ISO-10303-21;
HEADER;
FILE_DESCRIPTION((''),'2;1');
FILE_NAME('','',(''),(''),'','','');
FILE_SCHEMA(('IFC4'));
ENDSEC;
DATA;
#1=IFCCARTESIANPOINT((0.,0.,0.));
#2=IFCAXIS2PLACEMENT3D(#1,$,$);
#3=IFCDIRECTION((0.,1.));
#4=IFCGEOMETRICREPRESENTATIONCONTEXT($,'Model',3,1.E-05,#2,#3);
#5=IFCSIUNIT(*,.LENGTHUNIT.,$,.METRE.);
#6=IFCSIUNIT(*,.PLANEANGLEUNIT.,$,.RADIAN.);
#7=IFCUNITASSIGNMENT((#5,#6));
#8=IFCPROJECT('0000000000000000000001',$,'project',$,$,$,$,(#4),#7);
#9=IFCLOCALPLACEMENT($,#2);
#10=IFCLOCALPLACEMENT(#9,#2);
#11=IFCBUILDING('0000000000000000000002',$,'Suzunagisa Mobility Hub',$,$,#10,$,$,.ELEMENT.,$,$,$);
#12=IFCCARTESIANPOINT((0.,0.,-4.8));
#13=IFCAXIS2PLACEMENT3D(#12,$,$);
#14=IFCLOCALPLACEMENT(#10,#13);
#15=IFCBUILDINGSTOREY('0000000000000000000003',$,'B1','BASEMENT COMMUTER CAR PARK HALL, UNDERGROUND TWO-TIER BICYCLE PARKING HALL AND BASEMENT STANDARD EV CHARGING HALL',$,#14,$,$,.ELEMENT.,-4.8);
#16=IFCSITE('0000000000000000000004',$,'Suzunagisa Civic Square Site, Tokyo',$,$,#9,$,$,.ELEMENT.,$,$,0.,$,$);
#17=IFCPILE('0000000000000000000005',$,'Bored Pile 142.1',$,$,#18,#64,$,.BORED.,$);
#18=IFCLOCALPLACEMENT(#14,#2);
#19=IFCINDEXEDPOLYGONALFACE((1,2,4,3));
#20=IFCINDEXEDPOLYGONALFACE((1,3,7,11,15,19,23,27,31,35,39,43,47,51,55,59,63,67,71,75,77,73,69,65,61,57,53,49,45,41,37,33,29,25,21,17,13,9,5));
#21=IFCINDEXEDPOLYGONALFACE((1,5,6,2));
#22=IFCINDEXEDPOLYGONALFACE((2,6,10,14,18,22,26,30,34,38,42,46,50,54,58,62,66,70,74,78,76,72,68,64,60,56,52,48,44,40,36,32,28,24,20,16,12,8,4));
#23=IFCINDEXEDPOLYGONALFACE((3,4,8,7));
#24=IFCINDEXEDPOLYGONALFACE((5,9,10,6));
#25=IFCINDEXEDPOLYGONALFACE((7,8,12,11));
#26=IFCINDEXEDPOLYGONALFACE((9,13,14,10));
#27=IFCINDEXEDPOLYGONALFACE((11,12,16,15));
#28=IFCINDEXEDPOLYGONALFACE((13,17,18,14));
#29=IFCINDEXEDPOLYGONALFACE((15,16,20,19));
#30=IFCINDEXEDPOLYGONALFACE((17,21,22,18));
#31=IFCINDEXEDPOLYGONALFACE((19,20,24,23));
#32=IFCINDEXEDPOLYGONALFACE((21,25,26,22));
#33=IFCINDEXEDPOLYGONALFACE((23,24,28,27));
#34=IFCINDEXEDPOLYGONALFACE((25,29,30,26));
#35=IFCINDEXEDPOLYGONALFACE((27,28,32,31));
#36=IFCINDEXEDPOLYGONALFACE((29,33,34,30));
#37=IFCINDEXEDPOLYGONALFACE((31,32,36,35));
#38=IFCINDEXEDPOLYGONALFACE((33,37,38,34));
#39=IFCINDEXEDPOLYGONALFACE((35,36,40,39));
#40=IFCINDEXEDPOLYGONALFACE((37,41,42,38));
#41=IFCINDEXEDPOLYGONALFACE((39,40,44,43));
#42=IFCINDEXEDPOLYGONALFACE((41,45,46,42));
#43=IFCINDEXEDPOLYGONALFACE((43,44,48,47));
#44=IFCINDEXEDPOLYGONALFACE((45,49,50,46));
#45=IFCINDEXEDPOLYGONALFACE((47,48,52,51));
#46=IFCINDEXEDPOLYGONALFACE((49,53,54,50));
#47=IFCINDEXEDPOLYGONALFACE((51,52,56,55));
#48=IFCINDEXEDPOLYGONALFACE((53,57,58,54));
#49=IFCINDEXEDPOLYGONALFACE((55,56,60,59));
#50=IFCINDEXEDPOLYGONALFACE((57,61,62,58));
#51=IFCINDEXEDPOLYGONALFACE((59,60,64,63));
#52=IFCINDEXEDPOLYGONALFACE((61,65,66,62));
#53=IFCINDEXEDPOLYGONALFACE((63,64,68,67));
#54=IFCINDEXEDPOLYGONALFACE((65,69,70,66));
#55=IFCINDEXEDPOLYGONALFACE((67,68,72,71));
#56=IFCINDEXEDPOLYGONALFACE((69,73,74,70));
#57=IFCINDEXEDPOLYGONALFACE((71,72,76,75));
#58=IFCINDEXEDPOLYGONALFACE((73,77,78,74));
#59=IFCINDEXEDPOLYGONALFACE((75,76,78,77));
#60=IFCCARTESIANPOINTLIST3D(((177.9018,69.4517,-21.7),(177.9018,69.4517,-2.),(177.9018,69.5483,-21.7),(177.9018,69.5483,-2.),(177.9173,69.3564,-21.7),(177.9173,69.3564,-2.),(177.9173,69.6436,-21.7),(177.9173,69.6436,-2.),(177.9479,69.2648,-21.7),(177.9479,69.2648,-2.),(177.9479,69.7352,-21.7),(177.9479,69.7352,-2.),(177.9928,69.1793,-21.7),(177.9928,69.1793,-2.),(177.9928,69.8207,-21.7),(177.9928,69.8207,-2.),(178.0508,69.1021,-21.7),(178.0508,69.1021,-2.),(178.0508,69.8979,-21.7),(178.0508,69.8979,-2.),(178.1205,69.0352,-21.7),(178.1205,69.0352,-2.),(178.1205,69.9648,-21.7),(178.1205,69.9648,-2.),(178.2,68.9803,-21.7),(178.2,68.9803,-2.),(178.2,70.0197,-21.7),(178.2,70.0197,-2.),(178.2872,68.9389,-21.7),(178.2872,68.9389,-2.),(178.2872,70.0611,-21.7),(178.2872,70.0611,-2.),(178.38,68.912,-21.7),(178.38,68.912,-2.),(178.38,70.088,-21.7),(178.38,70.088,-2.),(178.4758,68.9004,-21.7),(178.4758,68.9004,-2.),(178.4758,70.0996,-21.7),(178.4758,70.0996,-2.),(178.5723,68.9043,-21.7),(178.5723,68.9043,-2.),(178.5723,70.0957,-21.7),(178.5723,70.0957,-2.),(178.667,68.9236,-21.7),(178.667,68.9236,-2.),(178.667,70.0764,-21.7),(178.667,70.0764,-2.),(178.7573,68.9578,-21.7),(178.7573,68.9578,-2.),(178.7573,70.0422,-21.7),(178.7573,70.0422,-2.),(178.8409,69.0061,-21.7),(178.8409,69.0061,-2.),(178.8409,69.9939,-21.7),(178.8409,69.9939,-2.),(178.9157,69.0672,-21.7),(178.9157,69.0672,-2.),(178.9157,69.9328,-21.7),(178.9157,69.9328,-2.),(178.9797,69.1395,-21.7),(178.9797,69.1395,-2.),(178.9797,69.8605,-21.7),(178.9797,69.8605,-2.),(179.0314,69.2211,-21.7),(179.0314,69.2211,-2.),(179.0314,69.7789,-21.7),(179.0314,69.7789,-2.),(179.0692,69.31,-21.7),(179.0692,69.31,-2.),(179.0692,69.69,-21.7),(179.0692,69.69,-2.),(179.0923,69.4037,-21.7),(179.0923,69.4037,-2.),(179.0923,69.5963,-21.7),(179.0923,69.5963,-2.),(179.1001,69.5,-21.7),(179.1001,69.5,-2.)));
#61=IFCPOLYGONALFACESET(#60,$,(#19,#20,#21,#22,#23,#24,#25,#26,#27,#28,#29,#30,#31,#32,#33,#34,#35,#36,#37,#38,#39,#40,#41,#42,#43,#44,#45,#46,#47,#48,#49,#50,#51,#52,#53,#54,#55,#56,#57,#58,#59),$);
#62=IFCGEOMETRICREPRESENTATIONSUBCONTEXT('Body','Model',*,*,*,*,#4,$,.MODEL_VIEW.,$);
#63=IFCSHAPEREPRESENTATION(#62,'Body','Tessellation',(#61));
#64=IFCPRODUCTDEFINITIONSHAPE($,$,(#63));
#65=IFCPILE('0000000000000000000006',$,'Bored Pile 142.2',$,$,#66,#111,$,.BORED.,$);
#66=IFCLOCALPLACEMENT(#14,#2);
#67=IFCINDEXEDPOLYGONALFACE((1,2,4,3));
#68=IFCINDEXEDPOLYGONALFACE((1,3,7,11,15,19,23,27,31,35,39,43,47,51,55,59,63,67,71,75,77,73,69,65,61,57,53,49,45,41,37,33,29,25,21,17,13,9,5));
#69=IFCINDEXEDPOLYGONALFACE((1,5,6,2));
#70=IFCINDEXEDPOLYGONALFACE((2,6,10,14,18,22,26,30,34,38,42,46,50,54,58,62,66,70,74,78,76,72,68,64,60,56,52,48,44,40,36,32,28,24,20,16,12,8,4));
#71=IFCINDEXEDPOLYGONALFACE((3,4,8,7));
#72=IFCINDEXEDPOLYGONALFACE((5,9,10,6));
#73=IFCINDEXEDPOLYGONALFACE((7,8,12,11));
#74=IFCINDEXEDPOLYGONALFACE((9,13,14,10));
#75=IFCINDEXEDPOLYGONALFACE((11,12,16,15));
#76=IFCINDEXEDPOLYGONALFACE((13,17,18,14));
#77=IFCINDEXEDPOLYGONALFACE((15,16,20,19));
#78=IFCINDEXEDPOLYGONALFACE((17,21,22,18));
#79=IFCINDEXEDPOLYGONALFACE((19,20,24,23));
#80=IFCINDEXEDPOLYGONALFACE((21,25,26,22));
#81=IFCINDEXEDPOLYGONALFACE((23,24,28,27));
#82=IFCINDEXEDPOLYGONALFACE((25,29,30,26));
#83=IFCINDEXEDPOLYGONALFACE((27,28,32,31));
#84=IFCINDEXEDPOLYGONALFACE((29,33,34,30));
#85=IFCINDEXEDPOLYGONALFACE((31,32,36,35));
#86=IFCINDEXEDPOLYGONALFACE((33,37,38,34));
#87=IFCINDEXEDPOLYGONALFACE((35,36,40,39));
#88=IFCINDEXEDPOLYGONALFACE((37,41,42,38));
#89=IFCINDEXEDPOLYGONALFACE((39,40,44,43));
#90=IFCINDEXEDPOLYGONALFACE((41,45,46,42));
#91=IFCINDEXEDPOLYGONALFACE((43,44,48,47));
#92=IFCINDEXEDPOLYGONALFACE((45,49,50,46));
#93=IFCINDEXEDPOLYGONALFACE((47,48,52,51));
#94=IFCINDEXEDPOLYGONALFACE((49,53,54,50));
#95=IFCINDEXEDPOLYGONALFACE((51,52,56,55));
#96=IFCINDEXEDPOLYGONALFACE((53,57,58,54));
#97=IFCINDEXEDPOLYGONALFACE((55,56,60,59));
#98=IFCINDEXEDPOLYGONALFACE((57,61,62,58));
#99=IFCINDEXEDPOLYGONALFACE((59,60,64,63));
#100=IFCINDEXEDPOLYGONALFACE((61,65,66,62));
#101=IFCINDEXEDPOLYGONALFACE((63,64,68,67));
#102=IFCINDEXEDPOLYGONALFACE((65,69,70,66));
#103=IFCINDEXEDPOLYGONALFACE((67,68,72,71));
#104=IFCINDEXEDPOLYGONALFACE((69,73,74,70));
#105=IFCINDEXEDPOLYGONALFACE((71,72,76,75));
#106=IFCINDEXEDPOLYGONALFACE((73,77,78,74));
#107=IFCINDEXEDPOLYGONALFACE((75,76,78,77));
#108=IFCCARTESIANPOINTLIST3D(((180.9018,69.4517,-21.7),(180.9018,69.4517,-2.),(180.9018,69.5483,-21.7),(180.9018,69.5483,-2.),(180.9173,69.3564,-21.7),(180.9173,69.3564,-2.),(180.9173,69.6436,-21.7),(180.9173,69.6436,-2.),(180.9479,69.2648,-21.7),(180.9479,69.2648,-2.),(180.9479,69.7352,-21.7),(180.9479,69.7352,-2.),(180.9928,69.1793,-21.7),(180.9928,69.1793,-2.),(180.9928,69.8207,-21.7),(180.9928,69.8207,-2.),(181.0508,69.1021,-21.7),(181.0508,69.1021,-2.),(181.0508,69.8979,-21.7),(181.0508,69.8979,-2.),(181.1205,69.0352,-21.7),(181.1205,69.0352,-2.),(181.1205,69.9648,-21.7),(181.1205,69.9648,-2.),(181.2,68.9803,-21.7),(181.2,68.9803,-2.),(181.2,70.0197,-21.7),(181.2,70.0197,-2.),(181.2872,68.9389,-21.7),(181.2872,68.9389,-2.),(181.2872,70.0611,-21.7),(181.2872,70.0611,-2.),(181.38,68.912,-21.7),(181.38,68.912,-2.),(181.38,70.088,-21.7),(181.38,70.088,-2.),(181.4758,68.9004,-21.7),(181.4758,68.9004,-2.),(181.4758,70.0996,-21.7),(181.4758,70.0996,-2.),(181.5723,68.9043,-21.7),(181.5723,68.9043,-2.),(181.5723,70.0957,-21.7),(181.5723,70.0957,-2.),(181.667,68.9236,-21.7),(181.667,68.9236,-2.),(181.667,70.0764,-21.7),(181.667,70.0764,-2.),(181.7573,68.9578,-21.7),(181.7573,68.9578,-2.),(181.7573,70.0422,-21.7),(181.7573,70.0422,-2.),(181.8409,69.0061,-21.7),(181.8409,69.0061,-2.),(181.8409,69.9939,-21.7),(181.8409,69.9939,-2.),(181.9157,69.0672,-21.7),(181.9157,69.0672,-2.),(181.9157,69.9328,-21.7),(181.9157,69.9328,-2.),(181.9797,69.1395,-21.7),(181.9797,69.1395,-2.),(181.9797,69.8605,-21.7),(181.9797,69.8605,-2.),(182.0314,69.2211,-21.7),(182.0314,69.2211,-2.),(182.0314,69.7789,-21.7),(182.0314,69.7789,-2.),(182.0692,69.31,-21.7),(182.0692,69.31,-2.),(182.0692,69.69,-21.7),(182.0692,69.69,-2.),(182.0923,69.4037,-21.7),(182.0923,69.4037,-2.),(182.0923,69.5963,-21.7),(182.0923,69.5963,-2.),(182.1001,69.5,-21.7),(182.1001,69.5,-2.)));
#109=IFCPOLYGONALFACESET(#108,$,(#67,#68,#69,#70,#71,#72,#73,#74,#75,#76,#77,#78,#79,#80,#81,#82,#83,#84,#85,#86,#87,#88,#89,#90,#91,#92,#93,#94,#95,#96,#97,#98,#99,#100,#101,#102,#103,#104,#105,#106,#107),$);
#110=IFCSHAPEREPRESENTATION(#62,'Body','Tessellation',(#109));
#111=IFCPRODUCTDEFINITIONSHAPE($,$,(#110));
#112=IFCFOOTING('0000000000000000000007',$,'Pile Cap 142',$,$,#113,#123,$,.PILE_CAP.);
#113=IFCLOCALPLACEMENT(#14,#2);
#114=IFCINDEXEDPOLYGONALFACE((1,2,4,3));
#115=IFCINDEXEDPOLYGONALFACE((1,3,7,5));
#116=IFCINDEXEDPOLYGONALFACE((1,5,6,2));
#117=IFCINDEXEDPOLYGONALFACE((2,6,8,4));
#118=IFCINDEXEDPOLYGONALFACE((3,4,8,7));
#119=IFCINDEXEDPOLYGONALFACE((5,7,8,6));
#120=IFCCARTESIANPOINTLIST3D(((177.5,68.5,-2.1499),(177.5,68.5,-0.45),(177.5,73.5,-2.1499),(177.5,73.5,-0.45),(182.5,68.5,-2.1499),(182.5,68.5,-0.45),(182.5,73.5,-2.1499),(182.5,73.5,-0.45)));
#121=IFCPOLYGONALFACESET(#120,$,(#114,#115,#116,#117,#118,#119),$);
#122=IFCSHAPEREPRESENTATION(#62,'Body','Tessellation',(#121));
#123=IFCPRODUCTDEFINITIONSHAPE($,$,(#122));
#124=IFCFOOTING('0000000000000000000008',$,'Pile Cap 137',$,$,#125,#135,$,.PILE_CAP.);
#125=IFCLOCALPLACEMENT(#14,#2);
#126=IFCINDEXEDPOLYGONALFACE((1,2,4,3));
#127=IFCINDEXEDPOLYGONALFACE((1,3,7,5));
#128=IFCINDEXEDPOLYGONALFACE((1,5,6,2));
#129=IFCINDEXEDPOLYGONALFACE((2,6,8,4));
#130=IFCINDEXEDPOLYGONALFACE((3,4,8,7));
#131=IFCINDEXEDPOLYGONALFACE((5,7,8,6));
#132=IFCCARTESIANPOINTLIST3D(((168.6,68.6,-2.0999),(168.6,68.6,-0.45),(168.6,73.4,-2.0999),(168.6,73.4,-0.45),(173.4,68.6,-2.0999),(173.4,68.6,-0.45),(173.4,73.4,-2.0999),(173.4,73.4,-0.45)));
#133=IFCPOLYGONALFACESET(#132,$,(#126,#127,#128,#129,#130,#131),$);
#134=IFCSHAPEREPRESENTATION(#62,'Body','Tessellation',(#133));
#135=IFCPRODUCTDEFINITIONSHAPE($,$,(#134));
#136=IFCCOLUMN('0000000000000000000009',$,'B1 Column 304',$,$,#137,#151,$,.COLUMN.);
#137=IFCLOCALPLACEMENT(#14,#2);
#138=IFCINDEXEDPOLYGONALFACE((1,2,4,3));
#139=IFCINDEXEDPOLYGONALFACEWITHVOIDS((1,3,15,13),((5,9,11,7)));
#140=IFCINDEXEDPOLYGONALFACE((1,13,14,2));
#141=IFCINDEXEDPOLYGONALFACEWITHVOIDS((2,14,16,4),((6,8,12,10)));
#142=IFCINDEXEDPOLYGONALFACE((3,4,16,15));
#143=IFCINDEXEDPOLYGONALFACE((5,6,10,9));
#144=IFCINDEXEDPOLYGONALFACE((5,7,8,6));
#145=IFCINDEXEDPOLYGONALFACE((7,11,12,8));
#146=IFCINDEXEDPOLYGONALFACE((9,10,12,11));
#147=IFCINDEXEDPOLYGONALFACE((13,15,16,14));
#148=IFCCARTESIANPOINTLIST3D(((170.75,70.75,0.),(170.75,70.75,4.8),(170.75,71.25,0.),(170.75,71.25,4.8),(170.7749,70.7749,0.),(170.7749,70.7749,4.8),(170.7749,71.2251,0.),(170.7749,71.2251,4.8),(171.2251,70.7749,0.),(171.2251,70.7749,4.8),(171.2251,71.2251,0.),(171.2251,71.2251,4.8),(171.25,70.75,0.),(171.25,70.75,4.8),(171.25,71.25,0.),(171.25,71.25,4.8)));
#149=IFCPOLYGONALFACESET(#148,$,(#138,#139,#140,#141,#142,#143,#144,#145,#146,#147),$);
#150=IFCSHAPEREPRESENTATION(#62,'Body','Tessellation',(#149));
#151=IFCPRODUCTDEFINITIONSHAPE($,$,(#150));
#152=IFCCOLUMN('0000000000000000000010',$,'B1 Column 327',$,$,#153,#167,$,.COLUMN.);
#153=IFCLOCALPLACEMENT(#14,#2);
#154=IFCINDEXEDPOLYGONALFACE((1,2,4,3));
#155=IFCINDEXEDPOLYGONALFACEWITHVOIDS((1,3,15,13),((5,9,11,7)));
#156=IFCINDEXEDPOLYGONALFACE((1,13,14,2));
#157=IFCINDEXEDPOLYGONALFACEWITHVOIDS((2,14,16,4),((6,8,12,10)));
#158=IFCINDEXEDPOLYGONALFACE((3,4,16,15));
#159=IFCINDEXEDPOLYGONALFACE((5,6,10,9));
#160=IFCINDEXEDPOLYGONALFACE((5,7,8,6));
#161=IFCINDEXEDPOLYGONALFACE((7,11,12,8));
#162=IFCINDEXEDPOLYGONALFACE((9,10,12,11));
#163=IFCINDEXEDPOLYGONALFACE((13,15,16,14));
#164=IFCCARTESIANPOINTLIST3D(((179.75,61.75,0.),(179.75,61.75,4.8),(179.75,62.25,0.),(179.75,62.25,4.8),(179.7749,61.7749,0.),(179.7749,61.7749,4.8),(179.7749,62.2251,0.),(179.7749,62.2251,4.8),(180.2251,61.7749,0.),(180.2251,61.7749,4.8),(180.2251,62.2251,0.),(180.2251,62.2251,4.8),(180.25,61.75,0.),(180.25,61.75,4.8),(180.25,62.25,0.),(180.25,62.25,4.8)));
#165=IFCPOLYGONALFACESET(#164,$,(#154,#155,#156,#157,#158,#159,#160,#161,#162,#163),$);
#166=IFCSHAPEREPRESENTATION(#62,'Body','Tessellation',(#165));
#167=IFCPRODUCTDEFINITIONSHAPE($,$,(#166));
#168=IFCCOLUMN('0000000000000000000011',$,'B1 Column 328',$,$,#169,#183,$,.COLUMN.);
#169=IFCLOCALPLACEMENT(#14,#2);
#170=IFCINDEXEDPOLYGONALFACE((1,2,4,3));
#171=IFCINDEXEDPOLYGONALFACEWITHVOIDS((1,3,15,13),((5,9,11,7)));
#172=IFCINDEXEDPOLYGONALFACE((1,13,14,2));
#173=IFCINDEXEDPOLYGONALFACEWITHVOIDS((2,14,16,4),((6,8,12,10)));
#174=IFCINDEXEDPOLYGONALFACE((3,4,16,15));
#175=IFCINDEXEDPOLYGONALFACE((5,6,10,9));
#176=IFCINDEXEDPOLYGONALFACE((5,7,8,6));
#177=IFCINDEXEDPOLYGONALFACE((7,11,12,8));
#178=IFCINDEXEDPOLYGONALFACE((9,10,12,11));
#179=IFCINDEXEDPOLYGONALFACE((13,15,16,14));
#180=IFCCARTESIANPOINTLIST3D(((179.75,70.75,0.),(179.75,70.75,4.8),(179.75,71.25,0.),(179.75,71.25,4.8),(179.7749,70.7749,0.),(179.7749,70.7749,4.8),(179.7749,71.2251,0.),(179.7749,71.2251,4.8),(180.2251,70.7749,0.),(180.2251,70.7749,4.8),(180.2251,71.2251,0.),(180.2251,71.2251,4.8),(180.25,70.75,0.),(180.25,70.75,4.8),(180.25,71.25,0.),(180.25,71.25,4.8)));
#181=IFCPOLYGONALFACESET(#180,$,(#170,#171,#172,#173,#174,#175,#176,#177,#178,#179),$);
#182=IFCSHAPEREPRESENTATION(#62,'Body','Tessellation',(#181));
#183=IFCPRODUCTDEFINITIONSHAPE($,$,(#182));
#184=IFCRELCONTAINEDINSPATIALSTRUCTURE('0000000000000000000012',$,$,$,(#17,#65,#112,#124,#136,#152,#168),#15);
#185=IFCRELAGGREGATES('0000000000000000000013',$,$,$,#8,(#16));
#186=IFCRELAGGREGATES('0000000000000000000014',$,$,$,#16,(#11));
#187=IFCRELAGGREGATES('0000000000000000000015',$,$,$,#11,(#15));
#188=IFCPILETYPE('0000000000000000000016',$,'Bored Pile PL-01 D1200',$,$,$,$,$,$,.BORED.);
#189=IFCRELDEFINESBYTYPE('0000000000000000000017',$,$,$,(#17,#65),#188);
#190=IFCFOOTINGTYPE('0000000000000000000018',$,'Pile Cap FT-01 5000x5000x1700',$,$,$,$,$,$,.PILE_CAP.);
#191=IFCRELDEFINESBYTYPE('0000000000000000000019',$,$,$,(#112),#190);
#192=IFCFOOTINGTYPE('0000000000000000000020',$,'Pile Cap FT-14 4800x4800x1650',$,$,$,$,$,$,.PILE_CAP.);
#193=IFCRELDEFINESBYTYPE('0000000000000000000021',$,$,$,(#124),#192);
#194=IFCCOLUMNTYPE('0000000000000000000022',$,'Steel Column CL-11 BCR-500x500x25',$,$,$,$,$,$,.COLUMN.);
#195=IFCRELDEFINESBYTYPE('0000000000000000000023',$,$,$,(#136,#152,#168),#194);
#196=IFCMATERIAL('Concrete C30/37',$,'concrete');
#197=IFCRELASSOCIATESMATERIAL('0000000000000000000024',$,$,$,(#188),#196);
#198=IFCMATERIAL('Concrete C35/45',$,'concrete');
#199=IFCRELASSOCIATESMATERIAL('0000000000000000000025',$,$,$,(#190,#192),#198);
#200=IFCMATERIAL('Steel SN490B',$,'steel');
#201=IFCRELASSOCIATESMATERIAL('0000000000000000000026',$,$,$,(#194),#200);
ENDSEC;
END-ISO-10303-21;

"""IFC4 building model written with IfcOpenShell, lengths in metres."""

from ifc_helpers import new_model, si_unit, direction, frame, origin, origin_2d, place, context, subcontext, project, spatial, rectangle, hollow_rectangle, circle, extrude, material, material_profile, profile_set, type_object, element, save


model = new_model("IFC4")

# Units and contexts
model_context = context("Model", 3, precision=1e-05, world=origin(), true_north=direction((0.0, 1.0)))
body_context = subcontext(model_context, "Body", "Model", "MODEL_VIEW")
ifc_project = project(units=[si_unit("LENGTHUNIT", "METRE"), si_unit("PLANEANGLEUNIT", "RADIAN")], contexts=[model_context])

# Site, building, storey
site_placement = place(None, origin())
site = spatial("IfcSite", under=ifc_project, at=site_placement, Name="Suzunagisa Civic Square Site, Tokyo", CompositionType="ELEMENT", RefElevation=0.0)
building_placement = place(site_placement, origin())
building = spatial("IfcBuilding", under=site, at=building_placement, Name="Suzunagisa Mobility Hub", CompositionType="ELEMENT")
storey_placement = place(building_placement, frame((0.0, 0.0, -4.8)))
storey = spatial("IfcBuildingStorey", under=building, at=storey_placement, Name="B1", Description="BASEMENT COMMUTER CAR PARK HALL, UNDERGROUND TWO-TIER BICYCLE PARKING HALL AND BASEMENT STANDARD EV CHARGING HALL", CompositionType="ELEMENT", Elevation=-4.8)

# Piles
ifc_material_1 = material(Name="Concrete C30/37", Category="concrete")
ifc_material_profile_1 = material_profile(ifc_material_1, circle(Radius=0.6001, at=origin_2d()), Name="BORED PILE D1200")
ifc_profile_set_1 = profile_set([ifc_material_profile_1], Name="Concrete C30/37")
pile_type = type_object("IfcPileType", Name="Bored Pile PL-01 D1200", PredefinedType="BORED", material=ifc_profile_set_1)
for number, where, z_axis, x_axis, name in (
    (1, (178.5, 69.5, -2.0), (0.0, 0.0, -1.0), (1.0, 0.0, 0.0), "Bored Pile 142.1"),
    (2, (181.5, 69.5, -2.0), (0.0, 0.0, -1.0), (1.0, 0.0, 0.0), "Bored Pile 142.2"),
):
    element("IfcPile", number, at=place(storey_placement, frame(where, z_axis=z_axis, x_axis=x_axis)), inside=storey, type_object=pile_type, Name=name, PredefinedType="BORED", context=body_context, shape_type="SweptSolid", body=[
        extrude(circle(Radius=0.6001, at=origin_2d()), origin(), (0.0, 0.0, 1.0), 19.7),
    ])

# Footings
ifc_material_2 = material(Name="Concrete C35/45", Category="concrete")
footing_type_1 = type_object("IfcFootingType", Name="Pile Cap FT-01 5000x5000x1700", PredefinedType="PILE_CAP", material=ifc_material_2)
footing_1_placement = place(storey_placement, frame((180.0, 71.0, -2.1499), z_axis=(0.0, 0.0, 1.0), x_axis=(1.0, 0.0, 0.0)))
element("IfcFooting", 3, at=footing_1_placement, inside=storey, type_object=footing_type_1, Name="Pile Cap 142", PredefinedType="PILE_CAP", context=body_context, shape_type="SweptSolid", body=[
    extrude(rectangle(XDim=5.0, YDim=5.0, at=origin_2d()), origin(), (0.0, 0.0, 1.0), 1.7),
])
footing_type_2 = type_object("IfcFootingType", Name="Pile Cap FT-14 4800x4800x1650", PredefinedType="PILE_CAP", material=ifc_material_2)
footing_2_placement = place(storey_placement, frame((171.0, 71.0, -2.0999), z_axis=(0.0, 0.0, 1.0), x_axis=(1.0, 0.0, 0.0)))
element("IfcFooting", 4, at=footing_2_placement, inside=storey, type_object=footing_type_2, Name="Pile Cap 137", PredefinedType="PILE_CAP", context=body_context, shape_type="SweptSolid", body=[
    extrude(rectangle(XDim=4.8, YDim=4.8, at=origin_2d()), origin(), (0.0, 0.0, 1.0), 1.6499),
])

# Columns
ifc_material_3 = material(Name="Steel SN490B", Category="steel")
ifc_material_profile_2 = material_profile(ifc_material_3, hollow_rectangle(XDim=0.5, YDim=0.5, WallThickness=0.0249, at=origin_2d()), Name="BCR-500x500x25")
ifc_profile_set_2 = profile_set([ifc_material_profile_2], Name="Steel SN490B")
column_type = type_object("IfcColumnType", Name="Steel Column CL-11 BCR-500x500x25", PredefinedType="COLUMN", material=ifc_profile_set_2)
for number, where, z_axis, x_axis, name in (
    (5, (171.0, 71.0, 0.0), (0.0, 0.0, 1.0), (1.0, 0.0, 0.0), "B1 Column 304"),
    (6, (180.0, 62.0, 0.0), (0.0, 0.0, 1.0), (1.0, 0.0, 0.0), "B1 Column 327"),
    (7, (180.0, 71.0, 0.0), (0.0, 0.0, 1.0), (1.0, 0.0, 0.0), "B1 Column 328"),
):
    element("IfcColumn", number, at=place(storey_placement, frame(where, z_axis=z_axis, x_axis=x_axis)), inside=storey, type_object=column_type, Name=name, PredefinedType="COLUMN", context=body_context, shape_type="SweptSolid", body=[
        extrude(hollow_rectangle(XDim=0.5, YDim=0.5, WallThickness=0.0249, at=origin_2d()), origin(), (0.0, 0.0, 1.0), 4.8),
    ])

save(model, "model.ifc")
